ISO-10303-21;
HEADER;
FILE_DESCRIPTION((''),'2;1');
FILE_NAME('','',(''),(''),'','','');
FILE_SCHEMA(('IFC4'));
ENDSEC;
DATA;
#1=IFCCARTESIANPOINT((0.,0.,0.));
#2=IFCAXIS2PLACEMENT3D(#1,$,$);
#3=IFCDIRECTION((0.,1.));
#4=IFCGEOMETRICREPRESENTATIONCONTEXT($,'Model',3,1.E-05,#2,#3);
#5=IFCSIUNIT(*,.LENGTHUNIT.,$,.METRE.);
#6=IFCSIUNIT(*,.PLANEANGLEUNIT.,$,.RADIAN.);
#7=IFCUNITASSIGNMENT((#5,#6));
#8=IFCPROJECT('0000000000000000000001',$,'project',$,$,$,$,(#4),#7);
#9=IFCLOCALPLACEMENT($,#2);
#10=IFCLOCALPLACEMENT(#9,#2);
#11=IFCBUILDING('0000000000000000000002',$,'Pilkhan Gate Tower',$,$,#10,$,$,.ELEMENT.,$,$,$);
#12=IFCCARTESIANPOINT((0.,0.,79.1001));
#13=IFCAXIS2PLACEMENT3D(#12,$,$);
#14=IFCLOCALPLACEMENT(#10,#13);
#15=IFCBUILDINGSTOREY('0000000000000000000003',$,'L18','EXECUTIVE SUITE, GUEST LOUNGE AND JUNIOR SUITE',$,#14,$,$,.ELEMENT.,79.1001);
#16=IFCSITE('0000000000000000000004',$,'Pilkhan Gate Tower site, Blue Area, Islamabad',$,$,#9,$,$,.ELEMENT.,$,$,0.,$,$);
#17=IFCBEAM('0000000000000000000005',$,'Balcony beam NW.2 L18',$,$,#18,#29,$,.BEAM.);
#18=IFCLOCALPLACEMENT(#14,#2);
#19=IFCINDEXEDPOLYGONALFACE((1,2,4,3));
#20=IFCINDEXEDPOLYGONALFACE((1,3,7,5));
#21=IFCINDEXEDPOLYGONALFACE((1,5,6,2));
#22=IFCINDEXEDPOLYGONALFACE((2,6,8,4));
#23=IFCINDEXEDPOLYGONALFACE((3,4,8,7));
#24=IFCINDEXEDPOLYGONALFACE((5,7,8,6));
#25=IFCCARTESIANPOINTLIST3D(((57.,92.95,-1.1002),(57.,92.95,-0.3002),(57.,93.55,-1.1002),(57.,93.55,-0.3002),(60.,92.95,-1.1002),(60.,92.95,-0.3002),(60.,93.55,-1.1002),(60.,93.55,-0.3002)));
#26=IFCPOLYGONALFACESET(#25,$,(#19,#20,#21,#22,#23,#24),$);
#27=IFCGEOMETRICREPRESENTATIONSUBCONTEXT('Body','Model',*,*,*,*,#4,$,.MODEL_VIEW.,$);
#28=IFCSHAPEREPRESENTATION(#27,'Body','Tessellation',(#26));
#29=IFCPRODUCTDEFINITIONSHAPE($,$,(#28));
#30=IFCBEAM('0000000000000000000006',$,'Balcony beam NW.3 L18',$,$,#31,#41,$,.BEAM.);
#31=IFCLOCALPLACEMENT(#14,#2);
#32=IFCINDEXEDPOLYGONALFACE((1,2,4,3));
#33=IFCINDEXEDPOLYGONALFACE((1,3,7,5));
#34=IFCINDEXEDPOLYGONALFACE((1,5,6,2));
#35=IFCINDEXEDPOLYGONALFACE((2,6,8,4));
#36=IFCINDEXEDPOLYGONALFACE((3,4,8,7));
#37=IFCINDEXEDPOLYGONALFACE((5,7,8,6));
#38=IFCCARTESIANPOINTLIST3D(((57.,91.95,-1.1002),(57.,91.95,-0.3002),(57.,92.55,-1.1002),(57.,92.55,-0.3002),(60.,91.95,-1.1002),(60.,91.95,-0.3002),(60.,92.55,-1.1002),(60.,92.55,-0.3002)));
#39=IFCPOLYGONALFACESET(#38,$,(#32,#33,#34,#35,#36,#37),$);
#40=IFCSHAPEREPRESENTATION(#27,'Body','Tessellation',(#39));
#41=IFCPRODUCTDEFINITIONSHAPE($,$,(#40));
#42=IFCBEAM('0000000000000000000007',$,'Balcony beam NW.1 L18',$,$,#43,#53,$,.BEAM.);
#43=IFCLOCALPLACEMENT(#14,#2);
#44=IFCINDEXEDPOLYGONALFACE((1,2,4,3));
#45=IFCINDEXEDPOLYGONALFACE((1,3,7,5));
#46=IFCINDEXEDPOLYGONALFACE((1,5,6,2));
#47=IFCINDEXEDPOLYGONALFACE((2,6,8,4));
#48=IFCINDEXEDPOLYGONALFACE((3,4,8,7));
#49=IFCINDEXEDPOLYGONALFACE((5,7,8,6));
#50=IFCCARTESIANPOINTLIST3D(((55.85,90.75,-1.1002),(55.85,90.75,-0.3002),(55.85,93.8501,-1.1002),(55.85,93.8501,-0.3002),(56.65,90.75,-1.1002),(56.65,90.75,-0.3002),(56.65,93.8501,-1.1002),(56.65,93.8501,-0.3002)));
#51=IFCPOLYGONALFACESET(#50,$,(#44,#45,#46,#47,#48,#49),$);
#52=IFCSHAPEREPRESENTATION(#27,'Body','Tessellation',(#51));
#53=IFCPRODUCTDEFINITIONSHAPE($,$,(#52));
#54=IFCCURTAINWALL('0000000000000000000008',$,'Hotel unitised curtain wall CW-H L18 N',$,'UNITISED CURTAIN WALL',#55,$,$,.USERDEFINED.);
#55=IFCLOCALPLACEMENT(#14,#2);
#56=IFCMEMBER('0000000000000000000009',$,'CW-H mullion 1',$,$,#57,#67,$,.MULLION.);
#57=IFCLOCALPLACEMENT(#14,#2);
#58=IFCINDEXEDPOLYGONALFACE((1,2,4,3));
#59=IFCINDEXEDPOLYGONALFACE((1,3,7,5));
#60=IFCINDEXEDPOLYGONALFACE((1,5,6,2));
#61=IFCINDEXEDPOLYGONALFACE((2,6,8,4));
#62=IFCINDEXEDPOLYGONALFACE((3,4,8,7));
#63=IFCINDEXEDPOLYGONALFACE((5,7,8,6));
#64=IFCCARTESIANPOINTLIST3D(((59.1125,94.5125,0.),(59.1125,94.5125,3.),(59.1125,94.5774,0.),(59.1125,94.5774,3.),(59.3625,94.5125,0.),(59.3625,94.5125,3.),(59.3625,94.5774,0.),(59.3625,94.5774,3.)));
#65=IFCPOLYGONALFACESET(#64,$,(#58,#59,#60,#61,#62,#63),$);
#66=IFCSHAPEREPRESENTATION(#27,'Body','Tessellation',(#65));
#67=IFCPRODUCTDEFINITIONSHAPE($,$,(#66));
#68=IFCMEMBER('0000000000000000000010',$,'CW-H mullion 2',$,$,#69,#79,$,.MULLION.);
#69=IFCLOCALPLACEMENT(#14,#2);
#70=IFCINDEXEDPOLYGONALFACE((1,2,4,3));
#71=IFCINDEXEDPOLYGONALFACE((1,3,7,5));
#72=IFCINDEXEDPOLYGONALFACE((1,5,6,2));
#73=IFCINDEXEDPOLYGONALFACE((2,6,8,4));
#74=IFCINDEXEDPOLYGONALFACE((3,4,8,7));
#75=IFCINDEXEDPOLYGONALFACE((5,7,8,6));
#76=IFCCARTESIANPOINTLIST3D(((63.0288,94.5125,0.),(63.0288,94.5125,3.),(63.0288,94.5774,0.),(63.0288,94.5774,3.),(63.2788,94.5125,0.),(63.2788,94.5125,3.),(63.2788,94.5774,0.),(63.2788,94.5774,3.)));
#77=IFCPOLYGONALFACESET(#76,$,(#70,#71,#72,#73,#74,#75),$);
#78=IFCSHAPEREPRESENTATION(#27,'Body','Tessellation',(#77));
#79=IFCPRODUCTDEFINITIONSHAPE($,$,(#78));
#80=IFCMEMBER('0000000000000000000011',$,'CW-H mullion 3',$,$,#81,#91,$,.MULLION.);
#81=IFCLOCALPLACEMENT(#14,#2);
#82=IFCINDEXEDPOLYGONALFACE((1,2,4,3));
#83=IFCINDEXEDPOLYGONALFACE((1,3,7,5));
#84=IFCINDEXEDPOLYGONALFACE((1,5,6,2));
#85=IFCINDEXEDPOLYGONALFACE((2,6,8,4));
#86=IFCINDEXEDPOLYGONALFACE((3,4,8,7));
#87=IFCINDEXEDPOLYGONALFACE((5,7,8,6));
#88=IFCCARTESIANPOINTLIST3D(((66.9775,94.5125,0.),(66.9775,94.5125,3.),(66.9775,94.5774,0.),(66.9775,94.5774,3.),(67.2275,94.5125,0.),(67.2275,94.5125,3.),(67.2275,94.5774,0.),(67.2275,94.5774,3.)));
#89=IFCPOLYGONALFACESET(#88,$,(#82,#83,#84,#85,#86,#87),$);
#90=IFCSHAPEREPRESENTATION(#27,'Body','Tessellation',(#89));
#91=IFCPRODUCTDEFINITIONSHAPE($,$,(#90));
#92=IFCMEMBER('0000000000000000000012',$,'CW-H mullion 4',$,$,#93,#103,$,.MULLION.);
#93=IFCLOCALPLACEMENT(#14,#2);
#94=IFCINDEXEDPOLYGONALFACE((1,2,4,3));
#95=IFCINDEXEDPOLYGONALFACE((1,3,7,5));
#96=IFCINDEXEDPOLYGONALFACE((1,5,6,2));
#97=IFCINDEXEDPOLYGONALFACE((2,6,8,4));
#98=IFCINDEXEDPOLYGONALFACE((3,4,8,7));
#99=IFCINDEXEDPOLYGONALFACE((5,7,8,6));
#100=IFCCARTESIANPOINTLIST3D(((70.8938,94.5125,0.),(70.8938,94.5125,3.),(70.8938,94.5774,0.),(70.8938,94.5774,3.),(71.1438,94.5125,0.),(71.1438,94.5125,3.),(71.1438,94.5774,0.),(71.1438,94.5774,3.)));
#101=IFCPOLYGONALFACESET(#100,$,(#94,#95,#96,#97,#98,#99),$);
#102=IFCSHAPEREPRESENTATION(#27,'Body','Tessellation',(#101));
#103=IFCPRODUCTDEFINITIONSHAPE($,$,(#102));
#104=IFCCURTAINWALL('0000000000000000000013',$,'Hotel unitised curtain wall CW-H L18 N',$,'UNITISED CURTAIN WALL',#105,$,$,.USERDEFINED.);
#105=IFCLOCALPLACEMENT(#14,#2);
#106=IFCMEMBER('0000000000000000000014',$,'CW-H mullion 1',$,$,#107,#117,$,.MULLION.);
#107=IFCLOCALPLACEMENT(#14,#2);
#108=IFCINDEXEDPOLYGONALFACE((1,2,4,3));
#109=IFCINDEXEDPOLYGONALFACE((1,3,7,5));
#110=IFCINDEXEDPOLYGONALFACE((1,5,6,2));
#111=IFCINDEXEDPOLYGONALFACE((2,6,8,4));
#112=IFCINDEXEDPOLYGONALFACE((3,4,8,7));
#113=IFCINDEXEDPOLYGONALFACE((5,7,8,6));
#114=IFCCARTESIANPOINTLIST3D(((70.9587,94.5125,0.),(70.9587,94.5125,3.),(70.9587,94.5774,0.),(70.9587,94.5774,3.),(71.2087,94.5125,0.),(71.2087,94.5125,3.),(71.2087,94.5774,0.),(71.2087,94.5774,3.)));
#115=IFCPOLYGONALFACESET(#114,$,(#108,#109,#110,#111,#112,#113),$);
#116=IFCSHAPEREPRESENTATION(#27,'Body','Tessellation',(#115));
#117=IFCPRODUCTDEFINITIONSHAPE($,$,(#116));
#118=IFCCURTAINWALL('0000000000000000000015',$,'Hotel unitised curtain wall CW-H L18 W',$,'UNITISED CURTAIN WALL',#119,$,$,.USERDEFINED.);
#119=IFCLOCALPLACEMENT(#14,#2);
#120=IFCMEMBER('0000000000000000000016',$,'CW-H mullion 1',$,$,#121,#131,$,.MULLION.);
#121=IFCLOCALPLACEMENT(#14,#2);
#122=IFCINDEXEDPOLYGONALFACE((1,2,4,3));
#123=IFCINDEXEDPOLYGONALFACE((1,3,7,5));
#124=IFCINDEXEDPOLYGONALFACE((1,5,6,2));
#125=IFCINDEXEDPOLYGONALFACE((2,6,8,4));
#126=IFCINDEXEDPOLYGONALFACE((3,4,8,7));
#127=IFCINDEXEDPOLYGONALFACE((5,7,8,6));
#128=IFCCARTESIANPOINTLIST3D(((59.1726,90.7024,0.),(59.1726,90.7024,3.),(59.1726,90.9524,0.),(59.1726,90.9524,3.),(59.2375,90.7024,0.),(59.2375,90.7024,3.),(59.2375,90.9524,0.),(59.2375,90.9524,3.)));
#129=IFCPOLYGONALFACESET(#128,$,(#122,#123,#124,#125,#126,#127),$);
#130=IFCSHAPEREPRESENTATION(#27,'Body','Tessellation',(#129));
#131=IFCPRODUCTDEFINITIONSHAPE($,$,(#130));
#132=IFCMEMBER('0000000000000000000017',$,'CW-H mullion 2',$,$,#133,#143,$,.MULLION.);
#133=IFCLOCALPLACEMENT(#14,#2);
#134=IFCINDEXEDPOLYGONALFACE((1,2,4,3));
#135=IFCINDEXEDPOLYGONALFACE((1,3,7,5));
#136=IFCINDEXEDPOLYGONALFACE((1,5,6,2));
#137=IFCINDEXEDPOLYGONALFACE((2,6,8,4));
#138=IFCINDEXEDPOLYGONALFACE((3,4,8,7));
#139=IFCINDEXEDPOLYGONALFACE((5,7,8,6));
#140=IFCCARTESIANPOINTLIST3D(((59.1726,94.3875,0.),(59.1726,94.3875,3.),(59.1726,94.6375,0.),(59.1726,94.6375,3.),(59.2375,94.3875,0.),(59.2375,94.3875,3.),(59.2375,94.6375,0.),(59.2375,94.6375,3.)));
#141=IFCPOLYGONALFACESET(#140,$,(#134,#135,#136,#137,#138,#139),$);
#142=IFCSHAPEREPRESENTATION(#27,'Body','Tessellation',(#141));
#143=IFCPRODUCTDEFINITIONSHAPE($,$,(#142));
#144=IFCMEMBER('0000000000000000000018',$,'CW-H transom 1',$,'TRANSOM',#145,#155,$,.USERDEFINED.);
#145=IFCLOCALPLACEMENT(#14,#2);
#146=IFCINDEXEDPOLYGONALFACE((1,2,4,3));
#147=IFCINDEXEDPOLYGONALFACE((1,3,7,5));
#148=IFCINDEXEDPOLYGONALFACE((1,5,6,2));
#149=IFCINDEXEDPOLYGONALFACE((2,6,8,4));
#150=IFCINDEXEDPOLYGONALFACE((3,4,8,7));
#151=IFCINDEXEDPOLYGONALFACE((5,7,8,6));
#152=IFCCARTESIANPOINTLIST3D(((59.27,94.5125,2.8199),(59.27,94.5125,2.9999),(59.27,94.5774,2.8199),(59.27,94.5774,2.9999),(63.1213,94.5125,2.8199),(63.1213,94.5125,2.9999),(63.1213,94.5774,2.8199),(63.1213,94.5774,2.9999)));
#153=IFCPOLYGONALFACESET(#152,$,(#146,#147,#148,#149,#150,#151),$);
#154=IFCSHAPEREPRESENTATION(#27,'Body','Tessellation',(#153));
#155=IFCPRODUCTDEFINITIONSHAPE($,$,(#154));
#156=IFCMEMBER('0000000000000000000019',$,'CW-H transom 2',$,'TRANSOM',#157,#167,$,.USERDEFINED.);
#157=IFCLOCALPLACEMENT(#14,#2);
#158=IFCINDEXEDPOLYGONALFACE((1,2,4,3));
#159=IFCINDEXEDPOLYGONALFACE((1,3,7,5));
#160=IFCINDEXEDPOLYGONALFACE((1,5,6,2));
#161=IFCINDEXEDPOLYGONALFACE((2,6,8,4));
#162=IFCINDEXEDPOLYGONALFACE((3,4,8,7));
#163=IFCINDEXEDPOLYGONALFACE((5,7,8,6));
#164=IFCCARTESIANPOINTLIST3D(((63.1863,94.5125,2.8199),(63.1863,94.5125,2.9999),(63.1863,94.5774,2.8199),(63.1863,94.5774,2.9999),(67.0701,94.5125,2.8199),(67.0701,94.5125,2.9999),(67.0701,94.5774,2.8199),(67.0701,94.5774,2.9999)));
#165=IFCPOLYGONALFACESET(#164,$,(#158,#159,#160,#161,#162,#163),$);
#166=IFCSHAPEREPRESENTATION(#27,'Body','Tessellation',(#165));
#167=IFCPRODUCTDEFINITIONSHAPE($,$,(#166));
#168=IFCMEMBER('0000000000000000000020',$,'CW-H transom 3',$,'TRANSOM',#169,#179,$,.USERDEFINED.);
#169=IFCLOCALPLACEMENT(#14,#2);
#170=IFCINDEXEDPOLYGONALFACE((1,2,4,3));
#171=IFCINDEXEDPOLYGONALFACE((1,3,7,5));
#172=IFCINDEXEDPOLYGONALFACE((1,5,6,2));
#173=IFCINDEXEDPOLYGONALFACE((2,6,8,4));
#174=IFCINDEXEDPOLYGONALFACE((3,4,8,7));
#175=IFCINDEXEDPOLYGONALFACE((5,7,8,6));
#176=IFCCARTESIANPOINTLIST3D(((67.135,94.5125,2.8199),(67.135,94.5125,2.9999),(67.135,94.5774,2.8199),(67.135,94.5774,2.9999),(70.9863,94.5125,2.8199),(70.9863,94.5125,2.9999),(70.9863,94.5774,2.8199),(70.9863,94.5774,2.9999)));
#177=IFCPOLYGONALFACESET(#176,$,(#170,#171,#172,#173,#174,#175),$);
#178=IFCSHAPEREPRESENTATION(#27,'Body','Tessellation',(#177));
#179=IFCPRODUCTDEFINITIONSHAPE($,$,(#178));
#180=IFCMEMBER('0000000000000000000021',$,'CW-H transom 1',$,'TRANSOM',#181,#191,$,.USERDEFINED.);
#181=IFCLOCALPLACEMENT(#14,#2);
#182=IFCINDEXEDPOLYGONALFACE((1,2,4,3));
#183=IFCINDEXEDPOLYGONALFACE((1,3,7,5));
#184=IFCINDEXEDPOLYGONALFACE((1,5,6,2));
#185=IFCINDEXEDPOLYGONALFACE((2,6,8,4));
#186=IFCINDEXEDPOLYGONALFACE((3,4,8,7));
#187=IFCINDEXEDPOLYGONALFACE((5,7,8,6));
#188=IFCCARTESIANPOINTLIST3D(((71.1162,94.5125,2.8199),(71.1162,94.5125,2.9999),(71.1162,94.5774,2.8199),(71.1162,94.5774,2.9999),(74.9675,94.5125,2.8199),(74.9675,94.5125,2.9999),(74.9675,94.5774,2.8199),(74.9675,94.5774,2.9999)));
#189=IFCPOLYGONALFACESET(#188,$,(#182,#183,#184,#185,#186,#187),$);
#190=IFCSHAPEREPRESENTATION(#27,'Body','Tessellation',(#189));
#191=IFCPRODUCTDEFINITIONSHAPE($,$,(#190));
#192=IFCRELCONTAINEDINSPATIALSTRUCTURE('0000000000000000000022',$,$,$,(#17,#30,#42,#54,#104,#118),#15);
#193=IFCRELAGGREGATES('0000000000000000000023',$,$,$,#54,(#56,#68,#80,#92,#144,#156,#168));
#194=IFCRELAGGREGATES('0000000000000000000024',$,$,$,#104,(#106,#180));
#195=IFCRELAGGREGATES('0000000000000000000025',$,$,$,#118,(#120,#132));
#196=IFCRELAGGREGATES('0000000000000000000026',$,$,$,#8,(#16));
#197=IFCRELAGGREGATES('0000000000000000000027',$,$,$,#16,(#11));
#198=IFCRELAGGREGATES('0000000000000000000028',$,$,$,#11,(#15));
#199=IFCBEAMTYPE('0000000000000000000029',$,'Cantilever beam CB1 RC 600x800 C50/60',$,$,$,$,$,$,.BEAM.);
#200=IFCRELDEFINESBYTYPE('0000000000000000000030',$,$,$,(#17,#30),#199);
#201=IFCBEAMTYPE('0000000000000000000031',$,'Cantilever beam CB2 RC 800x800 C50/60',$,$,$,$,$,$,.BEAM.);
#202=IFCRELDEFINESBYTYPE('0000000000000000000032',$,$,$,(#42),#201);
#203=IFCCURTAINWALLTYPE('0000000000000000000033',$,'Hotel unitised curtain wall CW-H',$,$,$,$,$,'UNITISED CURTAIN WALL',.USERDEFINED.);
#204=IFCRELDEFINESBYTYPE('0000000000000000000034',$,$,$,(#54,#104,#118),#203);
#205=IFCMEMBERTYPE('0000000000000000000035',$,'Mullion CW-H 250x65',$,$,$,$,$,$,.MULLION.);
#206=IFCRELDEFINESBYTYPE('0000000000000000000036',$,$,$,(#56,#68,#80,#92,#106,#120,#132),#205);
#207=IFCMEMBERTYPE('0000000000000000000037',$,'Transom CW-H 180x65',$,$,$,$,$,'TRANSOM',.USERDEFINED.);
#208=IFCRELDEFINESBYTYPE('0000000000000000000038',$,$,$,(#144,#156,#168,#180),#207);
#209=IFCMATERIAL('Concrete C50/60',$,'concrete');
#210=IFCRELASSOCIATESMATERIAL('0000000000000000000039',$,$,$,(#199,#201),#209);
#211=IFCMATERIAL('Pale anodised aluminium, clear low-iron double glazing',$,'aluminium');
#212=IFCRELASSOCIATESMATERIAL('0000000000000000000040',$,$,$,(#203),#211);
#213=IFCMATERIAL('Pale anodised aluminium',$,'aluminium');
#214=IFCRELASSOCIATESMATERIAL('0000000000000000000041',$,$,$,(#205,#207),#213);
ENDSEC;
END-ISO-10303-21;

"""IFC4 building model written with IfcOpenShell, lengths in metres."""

from ifc_helpers import new_model, si_unit, direction, frame, origin, origin_2d, place, context, subcontext, project, spatial, rectangle, extrude, material, material_profile, profile_set, type_object, element, aggregate, save


model = new_model("IFC4")

# Units and contexts
model_context = context("Model", 3, precision=1e-05, world=origin(), true_north=direction((0.0, 1.0)))
body_context = subcontext(model_context, "Body", "Model", "MODEL_VIEW")
ifc_project = project(units=[si_unit("LENGTHUNIT", "METRE"), si_unit("PLANEANGLEUNIT", "RADIAN")], contexts=[model_context])

# Site, building, storey
site_placement = place(None, origin())
site = spatial("IfcSite", under=ifc_project, at=site_placement, Name="Pilkhan Gate Tower site, Blue Area, Islamabad", CompositionType="ELEMENT", RefElevation=0.0)
building_placement = place(site_placement, origin())
building = spatial("IfcBuilding", under=site, at=building_placement, Name="Pilkhan Gate Tower", CompositionType="ELEMENT")
storey_placement = place(building_placement, frame((0.0, 0.0, 79.1001)))
storey = spatial("IfcBuildingStorey", under=building, at=storey_placement, Name="L18", Description="EXECUTIVE SUITE, GUEST LOUNGE AND JUNIOR SUITE", CompositionType="ELEMENT", Elevation=79.1001)

# Beams
ifc_material_1 = material(Name="Concrete C50/60", Category="concrete")
ifc_material_profile_1 = material_profile(ifc_material_1, rectangle(XDim=0.6001, YDim=0.8, at=origin_2d()), Name="RC 600x800")
ifc_profile_set_1 = profile_set([ifc_material_profile_1], Name="Concrete C50/60")
beam_type_1 = type_object("IfcBeamType", Name="Cantilever beam CB1 RC 600x800 C50/60", PredefinedType="BEAM", material=ifc_profile_set_1)
for number, where, z_axis, x_axis, name in (
    (1, (60.0, 93.25, -0.7002), (-1.0, 0.0, 0.0), (0.0, -1.0, 0.0), "Balcony beam NW.2 L18"),
    (2, (60.0, 92.25, -0.7002), (-1.0, 0.0, 0.0), (0.0, -1.0, 0.0), "Balcony beam NW.3 L18"),
):
    element("IfcBeam", number, at=place(storey_placement, frame(where, z_axis=z_axis, x_axis=x_axis)), inside=storey, type_object=beam_type_1, Name=name, PredefinedType="BEAM", context=body_context, shape_type="SweptSolid", body=[
        extrude(rectangle(XDim=0.6001, YDim=0.8, at=origin_2d()), origin(), (0.0, 0.0, 1.0), 3.0),
    ])
ifc_material_profile_2 = material_profile(ifc_material_1, rectangle(XDim=0.8, YDim=0.8, at=origin_2d()), Name="RC 800x800")
ifc_profile_set_2 = profile_set([ifc_material_profile_2], Name="Concrete C50/60")
beam_type_2 = type_object("IfcBeamType", Name="Cantilever beam CB2 RC 800x800 C50/60", PredefinedType="BEAM", material=ifc_profile_set_2)
beam_placement = place(storey_placement, frame((56.25, 90.75, -0.7002), z_axis=(0.0, 1.0, 0.0), x_axis=(-1.0, 0.0, 0.0)))
element("IfcBeam", 3, at=beam_placement, inside=storey, type_object=beam_type_2, Name="Balcony beam NW.1 L18", PredefinedType="BEAM", context=body_context, shape_type="SweptSolid", body=[
    extrude(rectangle(XDim=0.8, YDim=0.8, at=origin_2d()), origin(), (0.0, 0.0, 1.0), 3.1001),
])

# Curtain wall, members
ifc_material_2 = material(Name="Pale anodised aluminium, clear low-iron double glazing", Category="aluminium")
curtain_wall_type = type_object("IfcCurtainWallType", Name="Hotel unitised curtain wall CW-H", ElementType="UNITISED CURTAIN WALL", PredefinedType="USERDEFINED", material=ifc_material_2)
curtain_wall_1_placement = place(storey_placement, origin())
curtain_wall_1 = element("IfcCurtainWall", 4, at=curtain_wall_1_placement, inside=storey, type_object=curtain_wall_type, Name="Hotel unitised curtain wall CW-H L18 N", ObjectType="UNITISED CURTAIN WALL", PredefinedType="USERDEFINED")
ifc_material_3 = material(Name="Pale anodised aluminium", Category="aluminium")
ifc_material_profile_3 = material_profile(ifc_material_3, rectangle(XDim=0.0649, YDim=0.25, at=origin_2d()), Name="Mullion 250x65")
ifc_profile_set_3 = profile_set([ifc_material_profile_3], Name="Pale anodised aluminium")
member_type_1 = type_object("IfcMemberType", Name="Mullion CW-H 250x65", PredefinedType="MULLION", material=ifc_profile_set_3)
member_1_placement = place(storey_placement, frame((59.2375, 94.5449, 0.0), z_axis=(0.0, 0.0, 1.0), x_axis=(0.0, 1.0, 0.0)))
member_1 = element("IfcMember", 5, at=member_1_placement, type_object=member_type_1, Name="CW-H mullion 1", PredefinedType="MULLION", context=body_context, shape_type="SweptSolid", body=[
    extrude(rectangle(XDim=0.0649, YDim=0.25, at=origin_2d()), origin(), (0.0, 0.0, 1.0), 3.0),
])
member_2_placement = place(storey_placement, frame((63.1538, 94.5449, 0.0), z_axis=(0.0, 0.0, 1.0), x_axis=(0.0, 1.0, 0.0)))
member_2 = element("IfcMember", 6, at=member_2_placement, type_object=member_type_1, Name="CW-H mullion 2", PredefinedType="MULLION", context=body_context, shape_type="SweptSolid", body=[
    extrude(rectangle(XDim=0.0649, YDim=0.25, at=origin_2d()), origin(), (0.0, 0.0, 1.0), 3.0),
])
member_3_placement = place(storey_placement, frame((67.1025, 94.5449, 0.0), z_axis=(0.0, 0.0, 1.0), x_axis=(0.0, 1.0, 0.0)))
member_3 = element("IfcMember", 7, at=member_3_placement, type_object=member_type_1, Name="CW-H mullion 3", PredefinedType="MULLION", context=body_context, shape_type="SweptSolid", body=[
    extrude(rectangle(XDim=0.0649, YDim=0.25, at=origin_2d()), origin(), (0.0, 0.0, 1.0), 3.0),
])
member_4_placement = place(storey_placement, frame((71.0188, 94.5449, 0.0), z_axis=(0.0, 0.0, 1.0), x_axis=(0.0, 1.0, 0.0)))
member_4 = element("IfcMember", 8, at=member_4_placement, type_object=member_type_1, Name="CW-H mullion 4", PredefinedType="MULLION", context=body_context, shape_type="SweptSolid", body=[
    extrude(rectangle(XDim=0.0649, YDim=0.25, at=origin_2d()), origin(), (0.0, 0.0, 1.0), 3.0),
])

# Curtain wall, member
curtain_wall_2_placement = place(storey_placement, origin())
curtain_wall_2 = element("IfcCurtainWall", 9, at=curtain_wall_2_placement, inside=storey, type_object=curtain_wall_type, Name="Hotel unitised curtain wall CW-H L18 N", ObjectType="UNITISED CURTAIN WALL", PredefinedType="USERDEFINED")
member_5_placement = place(storey_placement, frame((71.0837, 94.5449, 0.0), z_axis=(0.0, 0.0, 1.0), x_axis=(0.0, 1.0, 0.0)))
member_5 = element("IfcMember", 10, at=member_5_placement, type_object=member_type_1, Name="CW-H mullion 1", PredefinedType="MULLION", context=body_context, shape_type="SweptSolid", body=[
    extrude(rectangle(XDim=0.0649, YDim=0.25, at=origin_2d()), origin(), (0.0, 0.0, 1.0), 3.0),
])

# Curtain wall, members
curtain_wall_3_placement = place(storey_placement, origin())
curtain_wall_3 = element("IfcCurtainWall", 11, at=curtain_wall_3_placement, inside=storey, type_object=curtain_wall_type, Name="Hotel unitised curtain wall CW-H L18 W", ObjectType="UNITISED CURTAIN WALL", PredefinedType="USERDEFINED")
member_6_placement = place(storey_placement, frame((59.2051, 90.8274, 0.0), z_axis=(0.0, 0.0, 1.0), x_axis=(-1.0, 0.0, 0.0)))
member_6 = element("IfcMember", 12, at=member_6_placement, type_object=member_type_1, Name="CW-H mullion 1", PredefinedType="MULLION", context=body_context, shape_type="SweptSolid", body=[
    extrude(rectangle(XDim=0.0649, YDim=0.25, at=origin_2d()), origin(), (0.0, 0.0, 1.0), 3.0),
])
member_7_placement = place(storey_placement, frame((59.2051, 94.5125, 0.0), z_axis=(0.0, 0.0, 1.0), x_axis=(-1.0, 0.0, 0.0)))
member_7 = element("IfcMember", 13, at=member_7_placement, type_object=member_type_1, Name="CW-H mullion 2", PredefinedType="MULLION", context=body_context, shape_type="SweptSolid", body=[
    extrude(rectangle(XDim=0.0649, YDim=0.25, at=origin_2d()), origin(), (0.0, 0.0, 1.0), 3.0),
])

# Members
ifc_material_profile_4 = material_profile(ifc_material_3, rectangle(XDim=0.0649, YDim=0.1799, at=origin_2d()), Name="Transom 180x65")
ifc_profile_set_4 = profile_set([ifc_material_profile_4], Name="Pale anodised aluminium")
member_type_2 = type_object("IfcMemberType", Name="Transom CW-H 180x65", ElementType="TRANSOM", PredefinedType="USERDEFINED", material=ifc_profile_set_4)
member_8_placement = place(storey_placement, frame((59.27, 94.5449, 2.9099), z_axis=(1.0, 0.0, 0.0), x_axis=(0.0, 1.0, 0.0)))
member_8 = element("IfcMember", 14, at=member_8_placement, type_object=member_type_2, Name="CW-H transom 1", ObjectType="TRANSOM", PredefinedType="USERDEFINED", context=body_context, shape_type="SweptSolid", body=[
    extrude(rectangle(XDim=0.0649, YDim=0.1799, at=origin_2d()), origin(), (0.0, 0.0, 1.0), 3.8513),
])
member_9_placement = place(storey_placement, frame((63.1863, 94.5449, 2.9099), z_axis=(1.0, 0.0, 0.0), x_axis=(0.0, 1.0, 0.0)))
member_9 = element("IfcMember", 15, at=member_9_placement, type_object=member_type_2, Name="CW-H transom 2", ObjectType="TRANSOM", PredefinedType="USERDEFINED", context=body_context, shape_type="SweptSolid", body=[
    extrude(rectangle(XDim=0.0649, YDim=0.1799, at=origin_2d()), origin(), (0.0, 0.0, 1.0), 3.8838),
])
member_10_placement = place(storey_placement, frame((67.135, 94.5449, 2.9099), z_axis=(1.0, 0.0, 0.0), x_axis=(0.0, 1.0, 0.0)))
member_10 = element("IfcMember", 16, at=member_10_placement, type_object=member_type_2, Name="CW-H transom 3", ObjectType="TRANSOM", PredefinedType="USERDEFINED", context=body_context, shape_type="SweptSolid", body=[
    extrude(rectangle(XDim=0.0649, YDim=0.1799, at=origin_2d()), origin(), (0.0, 0.0, 1.0), 3.8513),
])
member_11_placement = place(storey_placement, frame((71.1162, 94.5449, 2.9099), z_axis=(1.0, 0.0, 0.0), x_axis=(0.0, 1.0, 0.0)))
member_11 = element("IfcMember", 17, at=member_11_placement, type_object=member_type_2, Name="CW-H transom 1", ObjectType="TRANSOM", PredefinedType="USERDEFINED", context=body_context, shape_type="SweptSolid", body=[
    extrude(rectangle(XDim=0.0649, YDim=0.1799, at=origin_2d()), origin(), (0.0, 0.0, 1.0), 3.8513),
])

aggregate(curtain_wall_1, [member_1, member_2, member_3, member_4, member_8, member_9, member_10])
aggregate(curtain_wall_2, [member_5, member_11])
aggregate(curtain_wall_3, [member_6, member_7])

save(model, "model.ifc")
